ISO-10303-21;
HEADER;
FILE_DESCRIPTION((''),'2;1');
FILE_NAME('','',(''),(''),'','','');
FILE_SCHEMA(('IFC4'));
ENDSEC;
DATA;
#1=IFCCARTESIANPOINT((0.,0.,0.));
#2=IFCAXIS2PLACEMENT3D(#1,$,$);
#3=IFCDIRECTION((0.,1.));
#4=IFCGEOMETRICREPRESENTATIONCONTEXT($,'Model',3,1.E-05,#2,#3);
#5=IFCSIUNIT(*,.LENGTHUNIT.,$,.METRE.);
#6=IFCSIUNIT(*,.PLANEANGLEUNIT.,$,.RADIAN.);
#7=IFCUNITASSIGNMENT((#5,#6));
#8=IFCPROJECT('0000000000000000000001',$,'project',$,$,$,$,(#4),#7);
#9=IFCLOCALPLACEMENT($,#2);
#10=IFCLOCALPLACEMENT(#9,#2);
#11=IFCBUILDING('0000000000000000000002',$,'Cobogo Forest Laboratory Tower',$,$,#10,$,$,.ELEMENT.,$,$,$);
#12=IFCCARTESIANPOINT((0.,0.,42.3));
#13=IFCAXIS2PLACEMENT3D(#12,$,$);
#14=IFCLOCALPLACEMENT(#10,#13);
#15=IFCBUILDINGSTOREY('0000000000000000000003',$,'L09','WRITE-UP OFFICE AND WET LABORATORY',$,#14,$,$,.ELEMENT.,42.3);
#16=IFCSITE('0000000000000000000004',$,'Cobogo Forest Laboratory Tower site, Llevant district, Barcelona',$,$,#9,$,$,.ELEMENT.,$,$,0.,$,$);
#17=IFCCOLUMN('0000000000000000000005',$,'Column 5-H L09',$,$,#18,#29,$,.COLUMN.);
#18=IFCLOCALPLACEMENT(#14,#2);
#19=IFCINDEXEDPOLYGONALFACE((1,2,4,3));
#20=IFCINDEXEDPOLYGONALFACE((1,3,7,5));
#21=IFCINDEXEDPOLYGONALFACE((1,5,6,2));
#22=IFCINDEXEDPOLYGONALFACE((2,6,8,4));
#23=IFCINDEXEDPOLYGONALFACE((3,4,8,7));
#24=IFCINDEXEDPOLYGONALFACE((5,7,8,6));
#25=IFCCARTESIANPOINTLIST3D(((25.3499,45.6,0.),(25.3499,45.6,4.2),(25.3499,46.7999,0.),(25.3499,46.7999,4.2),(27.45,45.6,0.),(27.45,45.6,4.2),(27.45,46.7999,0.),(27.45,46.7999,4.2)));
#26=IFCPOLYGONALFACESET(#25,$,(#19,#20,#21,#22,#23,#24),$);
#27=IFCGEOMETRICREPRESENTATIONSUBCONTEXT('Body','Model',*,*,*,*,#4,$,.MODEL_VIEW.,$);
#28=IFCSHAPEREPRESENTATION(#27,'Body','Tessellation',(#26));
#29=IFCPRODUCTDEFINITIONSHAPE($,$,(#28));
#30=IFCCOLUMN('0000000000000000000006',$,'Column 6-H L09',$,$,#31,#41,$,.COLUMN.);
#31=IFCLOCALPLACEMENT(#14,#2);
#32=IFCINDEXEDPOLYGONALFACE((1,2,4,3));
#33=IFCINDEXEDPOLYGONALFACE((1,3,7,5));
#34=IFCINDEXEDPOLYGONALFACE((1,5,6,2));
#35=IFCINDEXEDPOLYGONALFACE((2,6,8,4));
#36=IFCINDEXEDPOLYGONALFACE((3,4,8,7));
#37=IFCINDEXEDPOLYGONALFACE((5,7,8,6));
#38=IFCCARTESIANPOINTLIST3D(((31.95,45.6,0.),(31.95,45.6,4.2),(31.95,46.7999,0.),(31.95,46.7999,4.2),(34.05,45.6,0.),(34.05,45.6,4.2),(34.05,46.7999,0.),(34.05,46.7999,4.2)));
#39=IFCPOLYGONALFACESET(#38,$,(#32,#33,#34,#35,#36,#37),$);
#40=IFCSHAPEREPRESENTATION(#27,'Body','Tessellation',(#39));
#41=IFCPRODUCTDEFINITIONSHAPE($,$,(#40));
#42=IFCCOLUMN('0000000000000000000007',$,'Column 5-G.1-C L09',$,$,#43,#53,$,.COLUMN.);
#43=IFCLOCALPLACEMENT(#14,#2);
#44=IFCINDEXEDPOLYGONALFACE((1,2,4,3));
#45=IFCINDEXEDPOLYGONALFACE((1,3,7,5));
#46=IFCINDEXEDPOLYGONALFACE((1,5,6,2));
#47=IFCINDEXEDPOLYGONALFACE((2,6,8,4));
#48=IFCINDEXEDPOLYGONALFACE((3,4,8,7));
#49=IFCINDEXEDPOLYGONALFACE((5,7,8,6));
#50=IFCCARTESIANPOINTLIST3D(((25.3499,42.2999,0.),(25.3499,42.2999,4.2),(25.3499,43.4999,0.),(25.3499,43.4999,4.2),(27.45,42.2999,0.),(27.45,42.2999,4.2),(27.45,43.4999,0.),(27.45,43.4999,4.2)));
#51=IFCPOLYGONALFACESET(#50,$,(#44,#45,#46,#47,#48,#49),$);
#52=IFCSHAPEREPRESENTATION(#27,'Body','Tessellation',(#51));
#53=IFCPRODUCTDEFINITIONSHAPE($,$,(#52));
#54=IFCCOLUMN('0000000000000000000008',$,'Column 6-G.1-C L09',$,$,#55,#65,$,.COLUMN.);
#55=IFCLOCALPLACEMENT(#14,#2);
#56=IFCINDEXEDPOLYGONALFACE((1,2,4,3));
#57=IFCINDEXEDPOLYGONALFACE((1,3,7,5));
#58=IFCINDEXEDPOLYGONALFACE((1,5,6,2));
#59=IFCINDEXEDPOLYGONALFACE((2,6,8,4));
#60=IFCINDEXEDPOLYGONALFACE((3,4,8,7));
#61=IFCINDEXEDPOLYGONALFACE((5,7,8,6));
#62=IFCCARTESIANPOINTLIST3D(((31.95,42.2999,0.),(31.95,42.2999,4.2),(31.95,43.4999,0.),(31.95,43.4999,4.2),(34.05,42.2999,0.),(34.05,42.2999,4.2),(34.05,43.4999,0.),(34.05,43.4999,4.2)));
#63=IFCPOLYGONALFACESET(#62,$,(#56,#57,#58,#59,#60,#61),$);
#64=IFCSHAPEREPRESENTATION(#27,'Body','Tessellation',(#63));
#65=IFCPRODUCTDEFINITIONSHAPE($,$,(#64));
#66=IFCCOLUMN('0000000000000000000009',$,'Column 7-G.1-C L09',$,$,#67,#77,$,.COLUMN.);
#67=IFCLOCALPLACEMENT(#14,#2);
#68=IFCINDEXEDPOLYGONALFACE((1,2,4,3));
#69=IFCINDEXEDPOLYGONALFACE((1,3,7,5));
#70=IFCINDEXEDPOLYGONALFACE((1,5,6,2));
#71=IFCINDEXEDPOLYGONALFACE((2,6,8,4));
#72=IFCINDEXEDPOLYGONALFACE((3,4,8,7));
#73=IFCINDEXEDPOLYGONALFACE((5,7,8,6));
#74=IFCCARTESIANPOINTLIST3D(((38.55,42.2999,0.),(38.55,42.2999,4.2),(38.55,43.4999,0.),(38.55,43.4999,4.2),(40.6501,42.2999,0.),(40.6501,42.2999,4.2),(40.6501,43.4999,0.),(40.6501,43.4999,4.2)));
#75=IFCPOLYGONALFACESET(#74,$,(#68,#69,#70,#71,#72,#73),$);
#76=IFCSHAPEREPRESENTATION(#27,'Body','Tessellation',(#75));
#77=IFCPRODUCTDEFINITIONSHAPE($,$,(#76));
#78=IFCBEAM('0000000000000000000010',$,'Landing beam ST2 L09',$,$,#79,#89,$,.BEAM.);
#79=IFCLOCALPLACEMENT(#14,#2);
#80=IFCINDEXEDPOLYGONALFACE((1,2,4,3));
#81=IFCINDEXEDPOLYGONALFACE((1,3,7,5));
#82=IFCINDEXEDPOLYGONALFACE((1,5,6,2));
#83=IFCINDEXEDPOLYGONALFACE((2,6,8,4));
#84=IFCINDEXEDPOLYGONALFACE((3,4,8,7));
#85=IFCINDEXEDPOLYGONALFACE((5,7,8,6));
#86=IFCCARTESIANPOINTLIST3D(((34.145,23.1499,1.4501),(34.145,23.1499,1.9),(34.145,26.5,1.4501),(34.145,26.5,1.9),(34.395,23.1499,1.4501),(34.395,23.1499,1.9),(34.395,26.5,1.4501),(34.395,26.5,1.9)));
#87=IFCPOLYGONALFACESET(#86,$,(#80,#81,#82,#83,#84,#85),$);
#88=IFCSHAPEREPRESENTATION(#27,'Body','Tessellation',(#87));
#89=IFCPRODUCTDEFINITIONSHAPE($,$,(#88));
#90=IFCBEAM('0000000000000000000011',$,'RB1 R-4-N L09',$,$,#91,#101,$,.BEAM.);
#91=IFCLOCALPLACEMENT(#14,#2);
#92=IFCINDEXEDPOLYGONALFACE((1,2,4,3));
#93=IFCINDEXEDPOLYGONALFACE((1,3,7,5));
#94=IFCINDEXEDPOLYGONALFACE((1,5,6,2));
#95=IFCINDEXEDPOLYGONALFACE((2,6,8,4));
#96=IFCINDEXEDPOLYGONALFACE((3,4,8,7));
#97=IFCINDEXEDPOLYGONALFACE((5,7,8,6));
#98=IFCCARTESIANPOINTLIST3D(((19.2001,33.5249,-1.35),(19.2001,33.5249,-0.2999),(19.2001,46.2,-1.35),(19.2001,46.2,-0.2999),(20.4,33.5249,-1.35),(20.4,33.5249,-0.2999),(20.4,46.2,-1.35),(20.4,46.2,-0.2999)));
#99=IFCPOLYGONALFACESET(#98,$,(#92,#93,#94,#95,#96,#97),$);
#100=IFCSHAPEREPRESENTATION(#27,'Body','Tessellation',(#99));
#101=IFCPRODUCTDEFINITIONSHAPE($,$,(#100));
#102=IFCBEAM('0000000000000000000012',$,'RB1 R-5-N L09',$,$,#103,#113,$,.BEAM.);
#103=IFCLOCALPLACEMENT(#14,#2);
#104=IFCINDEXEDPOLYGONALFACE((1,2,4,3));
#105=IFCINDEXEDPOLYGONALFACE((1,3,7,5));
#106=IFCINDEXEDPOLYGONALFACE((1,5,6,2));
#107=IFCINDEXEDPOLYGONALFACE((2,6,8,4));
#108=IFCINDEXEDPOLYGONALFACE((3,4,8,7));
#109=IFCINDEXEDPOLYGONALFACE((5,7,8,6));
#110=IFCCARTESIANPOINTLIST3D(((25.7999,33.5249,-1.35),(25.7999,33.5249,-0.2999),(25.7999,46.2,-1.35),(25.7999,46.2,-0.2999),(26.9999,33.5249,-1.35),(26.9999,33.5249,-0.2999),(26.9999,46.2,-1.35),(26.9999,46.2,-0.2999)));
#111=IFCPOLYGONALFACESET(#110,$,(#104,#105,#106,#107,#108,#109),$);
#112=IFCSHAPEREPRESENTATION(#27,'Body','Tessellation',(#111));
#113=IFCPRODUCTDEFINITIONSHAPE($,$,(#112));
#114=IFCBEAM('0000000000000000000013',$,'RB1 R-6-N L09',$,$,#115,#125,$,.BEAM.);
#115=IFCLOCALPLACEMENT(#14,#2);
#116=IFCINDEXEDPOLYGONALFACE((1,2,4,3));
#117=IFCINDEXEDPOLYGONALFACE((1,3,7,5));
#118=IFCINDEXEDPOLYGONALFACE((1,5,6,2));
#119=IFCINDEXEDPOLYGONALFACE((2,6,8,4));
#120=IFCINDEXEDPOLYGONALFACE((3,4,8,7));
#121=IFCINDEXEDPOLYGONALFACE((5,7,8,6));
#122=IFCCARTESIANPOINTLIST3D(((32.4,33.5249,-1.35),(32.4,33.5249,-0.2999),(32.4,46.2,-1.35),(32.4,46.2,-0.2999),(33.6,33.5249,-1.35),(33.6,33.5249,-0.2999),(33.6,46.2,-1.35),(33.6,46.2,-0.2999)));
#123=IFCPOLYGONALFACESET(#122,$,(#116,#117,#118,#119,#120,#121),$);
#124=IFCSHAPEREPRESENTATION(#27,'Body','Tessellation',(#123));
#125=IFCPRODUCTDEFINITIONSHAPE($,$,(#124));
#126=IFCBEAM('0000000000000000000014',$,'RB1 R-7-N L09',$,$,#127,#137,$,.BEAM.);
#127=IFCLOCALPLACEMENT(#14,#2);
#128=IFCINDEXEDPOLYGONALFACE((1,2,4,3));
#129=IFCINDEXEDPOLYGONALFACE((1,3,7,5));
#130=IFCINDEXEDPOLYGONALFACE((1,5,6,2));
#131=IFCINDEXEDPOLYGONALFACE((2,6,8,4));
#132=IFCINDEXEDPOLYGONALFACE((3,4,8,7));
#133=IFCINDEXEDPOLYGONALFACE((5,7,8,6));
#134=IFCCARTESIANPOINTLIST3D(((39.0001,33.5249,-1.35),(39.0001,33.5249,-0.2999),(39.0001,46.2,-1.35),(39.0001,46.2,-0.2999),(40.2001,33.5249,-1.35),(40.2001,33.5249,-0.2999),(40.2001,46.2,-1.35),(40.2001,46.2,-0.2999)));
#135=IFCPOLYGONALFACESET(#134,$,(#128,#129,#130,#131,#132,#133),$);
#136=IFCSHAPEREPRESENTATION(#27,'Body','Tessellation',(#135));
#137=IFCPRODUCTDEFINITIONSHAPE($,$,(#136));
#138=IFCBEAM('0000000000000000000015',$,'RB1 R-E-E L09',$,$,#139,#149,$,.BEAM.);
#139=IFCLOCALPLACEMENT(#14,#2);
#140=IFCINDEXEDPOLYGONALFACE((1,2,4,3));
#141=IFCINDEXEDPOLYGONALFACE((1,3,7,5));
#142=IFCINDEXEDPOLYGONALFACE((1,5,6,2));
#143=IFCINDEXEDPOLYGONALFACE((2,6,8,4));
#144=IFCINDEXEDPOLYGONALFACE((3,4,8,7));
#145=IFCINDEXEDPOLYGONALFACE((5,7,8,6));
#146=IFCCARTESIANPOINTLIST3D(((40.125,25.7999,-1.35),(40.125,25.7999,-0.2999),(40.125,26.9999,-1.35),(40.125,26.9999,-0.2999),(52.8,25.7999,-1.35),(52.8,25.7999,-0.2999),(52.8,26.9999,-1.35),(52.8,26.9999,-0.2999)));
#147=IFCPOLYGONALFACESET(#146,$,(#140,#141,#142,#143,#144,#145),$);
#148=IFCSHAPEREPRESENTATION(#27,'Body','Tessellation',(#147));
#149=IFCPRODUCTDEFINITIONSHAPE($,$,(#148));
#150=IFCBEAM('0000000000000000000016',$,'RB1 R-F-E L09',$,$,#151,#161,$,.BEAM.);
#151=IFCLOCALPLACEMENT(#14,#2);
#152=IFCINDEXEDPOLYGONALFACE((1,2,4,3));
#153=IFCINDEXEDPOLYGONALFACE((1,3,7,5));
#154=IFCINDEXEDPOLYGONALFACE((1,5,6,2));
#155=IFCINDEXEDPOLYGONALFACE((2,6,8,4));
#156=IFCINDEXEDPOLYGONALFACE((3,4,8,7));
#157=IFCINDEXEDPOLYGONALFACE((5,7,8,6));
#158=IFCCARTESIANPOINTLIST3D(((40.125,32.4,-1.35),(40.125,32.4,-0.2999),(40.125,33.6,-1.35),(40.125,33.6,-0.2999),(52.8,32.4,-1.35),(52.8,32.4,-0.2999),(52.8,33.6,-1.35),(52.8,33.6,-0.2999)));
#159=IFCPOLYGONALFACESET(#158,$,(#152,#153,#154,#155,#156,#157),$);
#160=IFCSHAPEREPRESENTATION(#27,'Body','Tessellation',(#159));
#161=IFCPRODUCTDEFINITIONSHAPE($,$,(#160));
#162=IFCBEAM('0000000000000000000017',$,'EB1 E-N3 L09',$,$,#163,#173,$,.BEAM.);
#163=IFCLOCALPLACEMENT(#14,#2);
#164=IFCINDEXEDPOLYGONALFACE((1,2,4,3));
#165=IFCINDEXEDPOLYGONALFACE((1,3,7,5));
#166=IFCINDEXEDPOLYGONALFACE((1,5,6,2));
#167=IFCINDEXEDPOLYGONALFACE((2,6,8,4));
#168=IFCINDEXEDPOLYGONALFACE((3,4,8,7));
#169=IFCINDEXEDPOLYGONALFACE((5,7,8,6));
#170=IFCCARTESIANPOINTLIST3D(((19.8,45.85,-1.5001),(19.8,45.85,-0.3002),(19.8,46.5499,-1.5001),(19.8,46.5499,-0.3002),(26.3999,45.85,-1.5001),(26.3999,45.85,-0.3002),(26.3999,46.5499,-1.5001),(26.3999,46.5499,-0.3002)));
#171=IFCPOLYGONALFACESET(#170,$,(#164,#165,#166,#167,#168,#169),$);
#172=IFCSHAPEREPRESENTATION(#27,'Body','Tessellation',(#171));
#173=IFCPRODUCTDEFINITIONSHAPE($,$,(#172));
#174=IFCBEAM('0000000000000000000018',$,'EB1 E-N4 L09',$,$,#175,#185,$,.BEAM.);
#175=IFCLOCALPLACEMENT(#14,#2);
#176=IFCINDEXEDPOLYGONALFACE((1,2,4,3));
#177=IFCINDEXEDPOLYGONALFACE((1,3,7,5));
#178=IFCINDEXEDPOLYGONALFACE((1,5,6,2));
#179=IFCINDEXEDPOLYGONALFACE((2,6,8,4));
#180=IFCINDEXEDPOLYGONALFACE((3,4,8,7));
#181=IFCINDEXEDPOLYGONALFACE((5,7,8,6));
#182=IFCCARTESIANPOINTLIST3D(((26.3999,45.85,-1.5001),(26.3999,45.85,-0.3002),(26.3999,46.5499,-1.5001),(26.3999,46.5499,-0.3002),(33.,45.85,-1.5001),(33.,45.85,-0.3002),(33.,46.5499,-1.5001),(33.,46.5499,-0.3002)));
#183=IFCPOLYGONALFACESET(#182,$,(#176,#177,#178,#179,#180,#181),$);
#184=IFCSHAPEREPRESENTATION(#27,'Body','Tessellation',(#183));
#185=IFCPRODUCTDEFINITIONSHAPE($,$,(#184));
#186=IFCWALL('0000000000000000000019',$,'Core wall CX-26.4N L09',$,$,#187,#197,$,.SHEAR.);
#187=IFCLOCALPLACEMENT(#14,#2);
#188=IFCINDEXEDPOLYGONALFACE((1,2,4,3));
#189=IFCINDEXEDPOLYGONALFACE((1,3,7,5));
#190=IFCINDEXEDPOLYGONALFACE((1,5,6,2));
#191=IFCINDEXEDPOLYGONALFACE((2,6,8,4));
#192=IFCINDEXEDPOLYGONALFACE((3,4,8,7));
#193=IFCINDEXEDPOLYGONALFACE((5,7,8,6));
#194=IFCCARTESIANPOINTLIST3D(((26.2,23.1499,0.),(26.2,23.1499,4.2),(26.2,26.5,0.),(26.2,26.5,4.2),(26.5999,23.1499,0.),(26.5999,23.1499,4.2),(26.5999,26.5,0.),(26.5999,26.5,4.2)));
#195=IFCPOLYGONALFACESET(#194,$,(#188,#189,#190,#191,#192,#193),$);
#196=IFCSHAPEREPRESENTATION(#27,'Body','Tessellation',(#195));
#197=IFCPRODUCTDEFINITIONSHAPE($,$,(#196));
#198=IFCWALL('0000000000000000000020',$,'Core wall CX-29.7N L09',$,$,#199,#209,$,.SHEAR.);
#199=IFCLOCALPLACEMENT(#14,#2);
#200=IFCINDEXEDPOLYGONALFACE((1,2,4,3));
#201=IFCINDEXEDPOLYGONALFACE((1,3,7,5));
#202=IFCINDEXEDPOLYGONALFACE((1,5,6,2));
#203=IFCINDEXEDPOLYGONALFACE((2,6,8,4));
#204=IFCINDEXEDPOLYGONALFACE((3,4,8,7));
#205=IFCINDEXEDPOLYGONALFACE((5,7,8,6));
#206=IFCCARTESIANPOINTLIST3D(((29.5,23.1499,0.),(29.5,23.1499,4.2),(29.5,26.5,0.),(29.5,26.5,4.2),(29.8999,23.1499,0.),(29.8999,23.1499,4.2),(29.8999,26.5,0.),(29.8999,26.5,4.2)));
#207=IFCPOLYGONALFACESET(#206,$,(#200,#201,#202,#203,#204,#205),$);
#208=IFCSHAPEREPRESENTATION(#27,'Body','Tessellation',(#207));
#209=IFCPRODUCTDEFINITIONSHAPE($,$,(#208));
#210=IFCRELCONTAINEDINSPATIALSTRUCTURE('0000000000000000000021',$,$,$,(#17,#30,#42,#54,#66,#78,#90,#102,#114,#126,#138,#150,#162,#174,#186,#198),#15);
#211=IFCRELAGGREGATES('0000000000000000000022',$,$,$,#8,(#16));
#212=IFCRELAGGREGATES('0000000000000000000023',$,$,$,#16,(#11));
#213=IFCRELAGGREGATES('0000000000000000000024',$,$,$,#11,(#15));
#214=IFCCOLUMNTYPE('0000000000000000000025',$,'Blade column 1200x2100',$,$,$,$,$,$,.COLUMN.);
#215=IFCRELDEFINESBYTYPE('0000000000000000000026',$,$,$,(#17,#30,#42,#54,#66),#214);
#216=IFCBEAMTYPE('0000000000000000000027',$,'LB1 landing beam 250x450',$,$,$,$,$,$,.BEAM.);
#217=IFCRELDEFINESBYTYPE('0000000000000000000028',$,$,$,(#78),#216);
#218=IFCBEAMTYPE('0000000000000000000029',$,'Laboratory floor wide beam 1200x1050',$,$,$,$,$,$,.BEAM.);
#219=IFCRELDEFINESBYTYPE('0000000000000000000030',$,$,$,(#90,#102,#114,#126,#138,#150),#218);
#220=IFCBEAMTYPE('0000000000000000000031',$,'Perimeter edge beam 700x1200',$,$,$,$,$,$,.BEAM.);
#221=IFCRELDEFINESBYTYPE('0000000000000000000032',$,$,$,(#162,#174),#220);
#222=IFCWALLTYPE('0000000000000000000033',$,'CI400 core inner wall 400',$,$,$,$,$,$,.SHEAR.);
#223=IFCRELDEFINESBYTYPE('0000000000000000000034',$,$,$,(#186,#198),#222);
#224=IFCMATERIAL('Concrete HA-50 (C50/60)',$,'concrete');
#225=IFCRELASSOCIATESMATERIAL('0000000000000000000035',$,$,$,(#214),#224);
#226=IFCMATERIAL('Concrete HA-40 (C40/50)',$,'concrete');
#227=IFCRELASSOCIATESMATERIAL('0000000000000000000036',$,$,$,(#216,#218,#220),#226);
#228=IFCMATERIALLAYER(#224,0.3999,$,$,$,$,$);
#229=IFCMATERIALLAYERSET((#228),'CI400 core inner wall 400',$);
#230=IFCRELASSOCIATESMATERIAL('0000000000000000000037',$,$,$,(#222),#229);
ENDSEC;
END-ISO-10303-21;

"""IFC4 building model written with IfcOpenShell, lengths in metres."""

from ifc_helpers import new_model, si_unit, direction, frame, frame_2d, origin, origin_2d, place, context, subcontext, project, spatial, rectangle, extrude, material, layer, layer_set, material_profile, profile_set, type_object, element, save


model = new_model("IFC4")

# Units and contexts
model_context = context("Model", 3, precision=1e-05, world=origin(), true_north=direction((0.0, 1.0)))
body_context = subcontext(model_context, "Body", "Model", "MODEL_VIEW")
ifc_project = project(units=[si_unit("LENGTHUNIT", "METRE"), si_unit("PLANEANGLEUNIT", "RADIAN")], contexts=[model_context])

# Site, building, storey
site_placement = place(None, origin())
site = spatial("IfcSite", under=ifc_project, at=site_placement, Name="Cobogo Forest Laboratory Tower site, Llevant district, Barcelona", CompositionType="ELEMENT", RefElevation=0.0)
building_placement = place(site_placement, origin())
building = spatial("IfcBuilding", under=site, at=building_placement, Name="Cobogo Forest Laboratory Tower", CompositionType="ELEMENT")
storey_placement = place(building_placement, frame((0.0, 0.0, 42.3)))
storey = spatial("IfcBuildingStorey", under=building, at=storey_placement, Name="L09", Description="WRITE-UP OFFICE AND WET LABORATORY", CompositionType="ELEMENT", Elevation=42.3)

# Columns
ifc_material_1 = material(Name="Concrete HA-50 (C50/60)", Category="concrete")
ifc_material_profile_1 = material_profile(ifc_material_1, rectangle(XDim=2.1001, YDim=1.2, at=origin_2d()), Name="RC 1200x2100")
ifc_profile_set_1 = profile_set([ifc_material_profile_1], Name="Concrete HA-50 (C50/60)")
column_type = type_object("IfcColumnType", Name="Blade column 1200x2100", PredefinedType="COLUMN", material=ifc_profile_set_1)
for number, where, z_axis, x_axis, name in (
    (1, (26.3999, 46.2, 0.0), (0.0, 0.0, 1.0), (1.0, 0.0, 0.0), "Column 5-H L09"),
    (2, (33.0, 46.2, 0.0), (0.0, 0.0, 1.0), (1.0, 0.0, 0.0), "Column 6-H L09"),
    (3, (26.3999, 42.8999, 0.0), (0.0, 0.0, 1.0), (1.0, 0.0, 0.0), "Column 5-G.1-C L09"),
    (4, (33.0, 42.8999, 0.0), (0.0, 0.0, 1.0), (1.0, 0.0, 0.0), "Column 6-G.1-C L09"),
    (5, (39.6001, 42.8999, 0.0), (0.0, 0.0, 1.0), (1.0, 0.0, 0.0), "Column 7-G.1-C L09"),
):
    element("IfcColumn", number, at=place(storey_placement, frame(where, z_axis=z_axis, x_axis=x_axis)), inside=storey, type_object=column_type, Name=name, PredefinedType="COLUMN", context=body_context, shape_type="SweptSolid", body=[
        extrude(rectangle(XDim=2.1001, YDim=1.2, at=origin_2d()), origin(), (0.0, 0.0, 1.0), 4.2),
    ])

# Beams
ifc_material_2 = material(Name="Concrete HA-40 (C40/50)", Category="concrete")
ifc_material_profile_2 = material_profile(ifc_material_2, rectangle(XDim=0.25, YDim=0.45, at=origin_2d()), Name="RC 250x450")
ifc_profile_set_2 = profile_set([ifc_material_profile_2], Name="Concrete HA-40 (C40/50)")
beam_type_1 = type_object("IfcBeamType", Name="LB1 landing beam 250x450", PredefinedType="BEAM", material=ifc_profile_set_2)
beam_1_placement = place(storey_placement, frame((34.27, 23.1499, 1.675), z_axis=(0.0, 1.0, 0.0), x_axis=(-1.0, 0.0, 0.0)))
element("IfcBeam", 6, at=beam_1_placement, inside=storey, type_object=beam_type_1, Name="Landing beam ST2 L09", PredefinedType="BEAM", context=body_context, shape_type="SweptSolid", body=[
    extrude(rectangle(XDim=0.25, YDim=0.45, at=origin_2d()), origin(), (0.0, 0.0, 1.0), 3.3501),
])
ifc_material_profile_3 = material_profile(ifc_material_2, rectangle(XDim=1.2, YDim=1.05, at=origin_2d()), Name="RC 1200x1050")
ifc_profile_set_3 = profile_set([ifc_material_profile_3], Name="Concrete HA-40 (C40/50)")
beam_type_2 = type_object("IfcBeamType", Name="Laboratory floor wide beam 1200x1050", PredefinedType="BEAM", material=ifc_profile_set_3)
for number, where, z_axis, x_axis, name in (
    (7, (19.8, 33.5249, -0.825), (0.0, 1.0, 0.0), (-1.0, 0.0, 0.0), "RB1 R-4-N L09"),
    (8, (26.3999, 33.5249, -0.825), (0.0, 1.0, 0.0), (-1.0, 0.0, 0.0), "RB1 R-5-N L09"),
    (9, (33.0, 33.5249, -0.825), (0.0, 1.0, 0.0), (-1.0, 0.0, 0.0), "RB1 R-6-N L09"),
    (10, (39.6001, 33.5249, -0.825), (0.0, 1.0, 0.0), (-1.0, 0.0, 0.0), "RB1 R-7-N L09"),
    (11, (40.125, 26.3999, -0.825), (1.0, 0.0, 0.0), (0.0, 1.0, 0.0), "RB1 R-E-E L09"),
    (12, (40.125, 33.0, -0.825), (1.0, 0.0, 0.0), (0.0, 1.0, 0.0), "RB1 R-F-E L09"),
):
    element("IfcBeam", number, at=place(storey_placement, frame(where, z_axis=z_axis, x_axis=x_axis)), inside=storey, type_object=beam_type_2, Name=name, PredefinedType="BEAM", context=body_context, shape_type="SweptSolid", body=[
        extrude(rectangle(XDim=1.2, YDim=1.05, at=origin_2d()), origin(), (0.0, 0.0, 1.0), 12.675),
    ])
ifc_material_profile_4 = material_profile(ifc_material_2, rectangle(XDim=0.7, YDim=1.2, at=origin_2d()), Name="RC 700x1200")
ifc_profile_set_4 = profile_set([ifc_material_profile_4], Name="Concrete HA-40 (C40/50)")
beam_type_3 = type_object("IfcBeamType", Name="Perimeter edge beam 700x1200", PredefinedType="BEAM", material=ifc_profile_set_4)
beam_2_placement = place(storey_placement, frame((19.8, 46.2, -0.9001), z_axis=(1.0, 0.0, 0.0), x_axis=(0.0, 1.0, 0.0)))
element("IfcBeam", 13, at=beam_2_placement, inside=storey, type_object=beam_type_3, Name="EB1 E-N3 L09", PredefinedType="BEAM", context=body_context, shape_type="SweptSolid", body=[
    extrude(rectangle(XDim=0.7, YDim=1.2, at=origin_2d()), origin(), (0.0, 0.0, 1.0), 6.5999),
])
beam_3_placement = place(storey_placement, frame((26.3999, 46.2, -0.9001), z_axis=(1.0, 0.0, 0.0), x_axis=(0.0, 1.0, 0.0)))
element("IfcBeam", 14, at=beam_3_placement, inside=storey, type_object=beam_type_3, Name="EB1 E-N4 L09", PredefinedType="BEAM", context=body_context, shape_type="SweptSolid", body=[
    extrude(rectangle(XDim=0.7, YDim=1.2, at=origin_2d()), origin(), (0.0, 0.0, 1.0), 6.6001),
])

# Walls
ifc_layer_1 = layer(ifc_material_1, 0.3999)
ifc_layer_set_1 = layer_set([ifc_layer_1], Name="CI400 core inner wall 400")
wall_type_1 = type_object("IfcWallType", Name="CI400 core inner wall 400", PredefinedType="SHEAR", material=ifc_layer_set_1)
for number, where, z_axis, x_axis, name in (
    (15, (26.3999, 23.1499, 0.0), (0.0, 0.0, 1.0), (0.0, 1.0, 0.0), "Core wall CX-26.4N L09"),
    (16, (29.7, 23.1499, 0.0), (0.0, 0.0, 1.0), (0.0, 1.0, 0.0), "Core wall CX-29.7N L09"),
):
    element("IfcWall", number, at=place(storey_placement, frame(where, z_axis=z_axis, x_axis=x_axis)), inside=storey, type_object=wall_type_1, Name=name, PredefinedType="SHEAR", context=body_context, shape_type="SweptSolid", body=[
        extrude(rectangle(XDim=3.3501, YDim=0.3999, at=frame_2d((1.675, 0.0))), origin(), (0.0, 0.0, 1.0), 4.2),
    ])

save(model, "model.ifc")
